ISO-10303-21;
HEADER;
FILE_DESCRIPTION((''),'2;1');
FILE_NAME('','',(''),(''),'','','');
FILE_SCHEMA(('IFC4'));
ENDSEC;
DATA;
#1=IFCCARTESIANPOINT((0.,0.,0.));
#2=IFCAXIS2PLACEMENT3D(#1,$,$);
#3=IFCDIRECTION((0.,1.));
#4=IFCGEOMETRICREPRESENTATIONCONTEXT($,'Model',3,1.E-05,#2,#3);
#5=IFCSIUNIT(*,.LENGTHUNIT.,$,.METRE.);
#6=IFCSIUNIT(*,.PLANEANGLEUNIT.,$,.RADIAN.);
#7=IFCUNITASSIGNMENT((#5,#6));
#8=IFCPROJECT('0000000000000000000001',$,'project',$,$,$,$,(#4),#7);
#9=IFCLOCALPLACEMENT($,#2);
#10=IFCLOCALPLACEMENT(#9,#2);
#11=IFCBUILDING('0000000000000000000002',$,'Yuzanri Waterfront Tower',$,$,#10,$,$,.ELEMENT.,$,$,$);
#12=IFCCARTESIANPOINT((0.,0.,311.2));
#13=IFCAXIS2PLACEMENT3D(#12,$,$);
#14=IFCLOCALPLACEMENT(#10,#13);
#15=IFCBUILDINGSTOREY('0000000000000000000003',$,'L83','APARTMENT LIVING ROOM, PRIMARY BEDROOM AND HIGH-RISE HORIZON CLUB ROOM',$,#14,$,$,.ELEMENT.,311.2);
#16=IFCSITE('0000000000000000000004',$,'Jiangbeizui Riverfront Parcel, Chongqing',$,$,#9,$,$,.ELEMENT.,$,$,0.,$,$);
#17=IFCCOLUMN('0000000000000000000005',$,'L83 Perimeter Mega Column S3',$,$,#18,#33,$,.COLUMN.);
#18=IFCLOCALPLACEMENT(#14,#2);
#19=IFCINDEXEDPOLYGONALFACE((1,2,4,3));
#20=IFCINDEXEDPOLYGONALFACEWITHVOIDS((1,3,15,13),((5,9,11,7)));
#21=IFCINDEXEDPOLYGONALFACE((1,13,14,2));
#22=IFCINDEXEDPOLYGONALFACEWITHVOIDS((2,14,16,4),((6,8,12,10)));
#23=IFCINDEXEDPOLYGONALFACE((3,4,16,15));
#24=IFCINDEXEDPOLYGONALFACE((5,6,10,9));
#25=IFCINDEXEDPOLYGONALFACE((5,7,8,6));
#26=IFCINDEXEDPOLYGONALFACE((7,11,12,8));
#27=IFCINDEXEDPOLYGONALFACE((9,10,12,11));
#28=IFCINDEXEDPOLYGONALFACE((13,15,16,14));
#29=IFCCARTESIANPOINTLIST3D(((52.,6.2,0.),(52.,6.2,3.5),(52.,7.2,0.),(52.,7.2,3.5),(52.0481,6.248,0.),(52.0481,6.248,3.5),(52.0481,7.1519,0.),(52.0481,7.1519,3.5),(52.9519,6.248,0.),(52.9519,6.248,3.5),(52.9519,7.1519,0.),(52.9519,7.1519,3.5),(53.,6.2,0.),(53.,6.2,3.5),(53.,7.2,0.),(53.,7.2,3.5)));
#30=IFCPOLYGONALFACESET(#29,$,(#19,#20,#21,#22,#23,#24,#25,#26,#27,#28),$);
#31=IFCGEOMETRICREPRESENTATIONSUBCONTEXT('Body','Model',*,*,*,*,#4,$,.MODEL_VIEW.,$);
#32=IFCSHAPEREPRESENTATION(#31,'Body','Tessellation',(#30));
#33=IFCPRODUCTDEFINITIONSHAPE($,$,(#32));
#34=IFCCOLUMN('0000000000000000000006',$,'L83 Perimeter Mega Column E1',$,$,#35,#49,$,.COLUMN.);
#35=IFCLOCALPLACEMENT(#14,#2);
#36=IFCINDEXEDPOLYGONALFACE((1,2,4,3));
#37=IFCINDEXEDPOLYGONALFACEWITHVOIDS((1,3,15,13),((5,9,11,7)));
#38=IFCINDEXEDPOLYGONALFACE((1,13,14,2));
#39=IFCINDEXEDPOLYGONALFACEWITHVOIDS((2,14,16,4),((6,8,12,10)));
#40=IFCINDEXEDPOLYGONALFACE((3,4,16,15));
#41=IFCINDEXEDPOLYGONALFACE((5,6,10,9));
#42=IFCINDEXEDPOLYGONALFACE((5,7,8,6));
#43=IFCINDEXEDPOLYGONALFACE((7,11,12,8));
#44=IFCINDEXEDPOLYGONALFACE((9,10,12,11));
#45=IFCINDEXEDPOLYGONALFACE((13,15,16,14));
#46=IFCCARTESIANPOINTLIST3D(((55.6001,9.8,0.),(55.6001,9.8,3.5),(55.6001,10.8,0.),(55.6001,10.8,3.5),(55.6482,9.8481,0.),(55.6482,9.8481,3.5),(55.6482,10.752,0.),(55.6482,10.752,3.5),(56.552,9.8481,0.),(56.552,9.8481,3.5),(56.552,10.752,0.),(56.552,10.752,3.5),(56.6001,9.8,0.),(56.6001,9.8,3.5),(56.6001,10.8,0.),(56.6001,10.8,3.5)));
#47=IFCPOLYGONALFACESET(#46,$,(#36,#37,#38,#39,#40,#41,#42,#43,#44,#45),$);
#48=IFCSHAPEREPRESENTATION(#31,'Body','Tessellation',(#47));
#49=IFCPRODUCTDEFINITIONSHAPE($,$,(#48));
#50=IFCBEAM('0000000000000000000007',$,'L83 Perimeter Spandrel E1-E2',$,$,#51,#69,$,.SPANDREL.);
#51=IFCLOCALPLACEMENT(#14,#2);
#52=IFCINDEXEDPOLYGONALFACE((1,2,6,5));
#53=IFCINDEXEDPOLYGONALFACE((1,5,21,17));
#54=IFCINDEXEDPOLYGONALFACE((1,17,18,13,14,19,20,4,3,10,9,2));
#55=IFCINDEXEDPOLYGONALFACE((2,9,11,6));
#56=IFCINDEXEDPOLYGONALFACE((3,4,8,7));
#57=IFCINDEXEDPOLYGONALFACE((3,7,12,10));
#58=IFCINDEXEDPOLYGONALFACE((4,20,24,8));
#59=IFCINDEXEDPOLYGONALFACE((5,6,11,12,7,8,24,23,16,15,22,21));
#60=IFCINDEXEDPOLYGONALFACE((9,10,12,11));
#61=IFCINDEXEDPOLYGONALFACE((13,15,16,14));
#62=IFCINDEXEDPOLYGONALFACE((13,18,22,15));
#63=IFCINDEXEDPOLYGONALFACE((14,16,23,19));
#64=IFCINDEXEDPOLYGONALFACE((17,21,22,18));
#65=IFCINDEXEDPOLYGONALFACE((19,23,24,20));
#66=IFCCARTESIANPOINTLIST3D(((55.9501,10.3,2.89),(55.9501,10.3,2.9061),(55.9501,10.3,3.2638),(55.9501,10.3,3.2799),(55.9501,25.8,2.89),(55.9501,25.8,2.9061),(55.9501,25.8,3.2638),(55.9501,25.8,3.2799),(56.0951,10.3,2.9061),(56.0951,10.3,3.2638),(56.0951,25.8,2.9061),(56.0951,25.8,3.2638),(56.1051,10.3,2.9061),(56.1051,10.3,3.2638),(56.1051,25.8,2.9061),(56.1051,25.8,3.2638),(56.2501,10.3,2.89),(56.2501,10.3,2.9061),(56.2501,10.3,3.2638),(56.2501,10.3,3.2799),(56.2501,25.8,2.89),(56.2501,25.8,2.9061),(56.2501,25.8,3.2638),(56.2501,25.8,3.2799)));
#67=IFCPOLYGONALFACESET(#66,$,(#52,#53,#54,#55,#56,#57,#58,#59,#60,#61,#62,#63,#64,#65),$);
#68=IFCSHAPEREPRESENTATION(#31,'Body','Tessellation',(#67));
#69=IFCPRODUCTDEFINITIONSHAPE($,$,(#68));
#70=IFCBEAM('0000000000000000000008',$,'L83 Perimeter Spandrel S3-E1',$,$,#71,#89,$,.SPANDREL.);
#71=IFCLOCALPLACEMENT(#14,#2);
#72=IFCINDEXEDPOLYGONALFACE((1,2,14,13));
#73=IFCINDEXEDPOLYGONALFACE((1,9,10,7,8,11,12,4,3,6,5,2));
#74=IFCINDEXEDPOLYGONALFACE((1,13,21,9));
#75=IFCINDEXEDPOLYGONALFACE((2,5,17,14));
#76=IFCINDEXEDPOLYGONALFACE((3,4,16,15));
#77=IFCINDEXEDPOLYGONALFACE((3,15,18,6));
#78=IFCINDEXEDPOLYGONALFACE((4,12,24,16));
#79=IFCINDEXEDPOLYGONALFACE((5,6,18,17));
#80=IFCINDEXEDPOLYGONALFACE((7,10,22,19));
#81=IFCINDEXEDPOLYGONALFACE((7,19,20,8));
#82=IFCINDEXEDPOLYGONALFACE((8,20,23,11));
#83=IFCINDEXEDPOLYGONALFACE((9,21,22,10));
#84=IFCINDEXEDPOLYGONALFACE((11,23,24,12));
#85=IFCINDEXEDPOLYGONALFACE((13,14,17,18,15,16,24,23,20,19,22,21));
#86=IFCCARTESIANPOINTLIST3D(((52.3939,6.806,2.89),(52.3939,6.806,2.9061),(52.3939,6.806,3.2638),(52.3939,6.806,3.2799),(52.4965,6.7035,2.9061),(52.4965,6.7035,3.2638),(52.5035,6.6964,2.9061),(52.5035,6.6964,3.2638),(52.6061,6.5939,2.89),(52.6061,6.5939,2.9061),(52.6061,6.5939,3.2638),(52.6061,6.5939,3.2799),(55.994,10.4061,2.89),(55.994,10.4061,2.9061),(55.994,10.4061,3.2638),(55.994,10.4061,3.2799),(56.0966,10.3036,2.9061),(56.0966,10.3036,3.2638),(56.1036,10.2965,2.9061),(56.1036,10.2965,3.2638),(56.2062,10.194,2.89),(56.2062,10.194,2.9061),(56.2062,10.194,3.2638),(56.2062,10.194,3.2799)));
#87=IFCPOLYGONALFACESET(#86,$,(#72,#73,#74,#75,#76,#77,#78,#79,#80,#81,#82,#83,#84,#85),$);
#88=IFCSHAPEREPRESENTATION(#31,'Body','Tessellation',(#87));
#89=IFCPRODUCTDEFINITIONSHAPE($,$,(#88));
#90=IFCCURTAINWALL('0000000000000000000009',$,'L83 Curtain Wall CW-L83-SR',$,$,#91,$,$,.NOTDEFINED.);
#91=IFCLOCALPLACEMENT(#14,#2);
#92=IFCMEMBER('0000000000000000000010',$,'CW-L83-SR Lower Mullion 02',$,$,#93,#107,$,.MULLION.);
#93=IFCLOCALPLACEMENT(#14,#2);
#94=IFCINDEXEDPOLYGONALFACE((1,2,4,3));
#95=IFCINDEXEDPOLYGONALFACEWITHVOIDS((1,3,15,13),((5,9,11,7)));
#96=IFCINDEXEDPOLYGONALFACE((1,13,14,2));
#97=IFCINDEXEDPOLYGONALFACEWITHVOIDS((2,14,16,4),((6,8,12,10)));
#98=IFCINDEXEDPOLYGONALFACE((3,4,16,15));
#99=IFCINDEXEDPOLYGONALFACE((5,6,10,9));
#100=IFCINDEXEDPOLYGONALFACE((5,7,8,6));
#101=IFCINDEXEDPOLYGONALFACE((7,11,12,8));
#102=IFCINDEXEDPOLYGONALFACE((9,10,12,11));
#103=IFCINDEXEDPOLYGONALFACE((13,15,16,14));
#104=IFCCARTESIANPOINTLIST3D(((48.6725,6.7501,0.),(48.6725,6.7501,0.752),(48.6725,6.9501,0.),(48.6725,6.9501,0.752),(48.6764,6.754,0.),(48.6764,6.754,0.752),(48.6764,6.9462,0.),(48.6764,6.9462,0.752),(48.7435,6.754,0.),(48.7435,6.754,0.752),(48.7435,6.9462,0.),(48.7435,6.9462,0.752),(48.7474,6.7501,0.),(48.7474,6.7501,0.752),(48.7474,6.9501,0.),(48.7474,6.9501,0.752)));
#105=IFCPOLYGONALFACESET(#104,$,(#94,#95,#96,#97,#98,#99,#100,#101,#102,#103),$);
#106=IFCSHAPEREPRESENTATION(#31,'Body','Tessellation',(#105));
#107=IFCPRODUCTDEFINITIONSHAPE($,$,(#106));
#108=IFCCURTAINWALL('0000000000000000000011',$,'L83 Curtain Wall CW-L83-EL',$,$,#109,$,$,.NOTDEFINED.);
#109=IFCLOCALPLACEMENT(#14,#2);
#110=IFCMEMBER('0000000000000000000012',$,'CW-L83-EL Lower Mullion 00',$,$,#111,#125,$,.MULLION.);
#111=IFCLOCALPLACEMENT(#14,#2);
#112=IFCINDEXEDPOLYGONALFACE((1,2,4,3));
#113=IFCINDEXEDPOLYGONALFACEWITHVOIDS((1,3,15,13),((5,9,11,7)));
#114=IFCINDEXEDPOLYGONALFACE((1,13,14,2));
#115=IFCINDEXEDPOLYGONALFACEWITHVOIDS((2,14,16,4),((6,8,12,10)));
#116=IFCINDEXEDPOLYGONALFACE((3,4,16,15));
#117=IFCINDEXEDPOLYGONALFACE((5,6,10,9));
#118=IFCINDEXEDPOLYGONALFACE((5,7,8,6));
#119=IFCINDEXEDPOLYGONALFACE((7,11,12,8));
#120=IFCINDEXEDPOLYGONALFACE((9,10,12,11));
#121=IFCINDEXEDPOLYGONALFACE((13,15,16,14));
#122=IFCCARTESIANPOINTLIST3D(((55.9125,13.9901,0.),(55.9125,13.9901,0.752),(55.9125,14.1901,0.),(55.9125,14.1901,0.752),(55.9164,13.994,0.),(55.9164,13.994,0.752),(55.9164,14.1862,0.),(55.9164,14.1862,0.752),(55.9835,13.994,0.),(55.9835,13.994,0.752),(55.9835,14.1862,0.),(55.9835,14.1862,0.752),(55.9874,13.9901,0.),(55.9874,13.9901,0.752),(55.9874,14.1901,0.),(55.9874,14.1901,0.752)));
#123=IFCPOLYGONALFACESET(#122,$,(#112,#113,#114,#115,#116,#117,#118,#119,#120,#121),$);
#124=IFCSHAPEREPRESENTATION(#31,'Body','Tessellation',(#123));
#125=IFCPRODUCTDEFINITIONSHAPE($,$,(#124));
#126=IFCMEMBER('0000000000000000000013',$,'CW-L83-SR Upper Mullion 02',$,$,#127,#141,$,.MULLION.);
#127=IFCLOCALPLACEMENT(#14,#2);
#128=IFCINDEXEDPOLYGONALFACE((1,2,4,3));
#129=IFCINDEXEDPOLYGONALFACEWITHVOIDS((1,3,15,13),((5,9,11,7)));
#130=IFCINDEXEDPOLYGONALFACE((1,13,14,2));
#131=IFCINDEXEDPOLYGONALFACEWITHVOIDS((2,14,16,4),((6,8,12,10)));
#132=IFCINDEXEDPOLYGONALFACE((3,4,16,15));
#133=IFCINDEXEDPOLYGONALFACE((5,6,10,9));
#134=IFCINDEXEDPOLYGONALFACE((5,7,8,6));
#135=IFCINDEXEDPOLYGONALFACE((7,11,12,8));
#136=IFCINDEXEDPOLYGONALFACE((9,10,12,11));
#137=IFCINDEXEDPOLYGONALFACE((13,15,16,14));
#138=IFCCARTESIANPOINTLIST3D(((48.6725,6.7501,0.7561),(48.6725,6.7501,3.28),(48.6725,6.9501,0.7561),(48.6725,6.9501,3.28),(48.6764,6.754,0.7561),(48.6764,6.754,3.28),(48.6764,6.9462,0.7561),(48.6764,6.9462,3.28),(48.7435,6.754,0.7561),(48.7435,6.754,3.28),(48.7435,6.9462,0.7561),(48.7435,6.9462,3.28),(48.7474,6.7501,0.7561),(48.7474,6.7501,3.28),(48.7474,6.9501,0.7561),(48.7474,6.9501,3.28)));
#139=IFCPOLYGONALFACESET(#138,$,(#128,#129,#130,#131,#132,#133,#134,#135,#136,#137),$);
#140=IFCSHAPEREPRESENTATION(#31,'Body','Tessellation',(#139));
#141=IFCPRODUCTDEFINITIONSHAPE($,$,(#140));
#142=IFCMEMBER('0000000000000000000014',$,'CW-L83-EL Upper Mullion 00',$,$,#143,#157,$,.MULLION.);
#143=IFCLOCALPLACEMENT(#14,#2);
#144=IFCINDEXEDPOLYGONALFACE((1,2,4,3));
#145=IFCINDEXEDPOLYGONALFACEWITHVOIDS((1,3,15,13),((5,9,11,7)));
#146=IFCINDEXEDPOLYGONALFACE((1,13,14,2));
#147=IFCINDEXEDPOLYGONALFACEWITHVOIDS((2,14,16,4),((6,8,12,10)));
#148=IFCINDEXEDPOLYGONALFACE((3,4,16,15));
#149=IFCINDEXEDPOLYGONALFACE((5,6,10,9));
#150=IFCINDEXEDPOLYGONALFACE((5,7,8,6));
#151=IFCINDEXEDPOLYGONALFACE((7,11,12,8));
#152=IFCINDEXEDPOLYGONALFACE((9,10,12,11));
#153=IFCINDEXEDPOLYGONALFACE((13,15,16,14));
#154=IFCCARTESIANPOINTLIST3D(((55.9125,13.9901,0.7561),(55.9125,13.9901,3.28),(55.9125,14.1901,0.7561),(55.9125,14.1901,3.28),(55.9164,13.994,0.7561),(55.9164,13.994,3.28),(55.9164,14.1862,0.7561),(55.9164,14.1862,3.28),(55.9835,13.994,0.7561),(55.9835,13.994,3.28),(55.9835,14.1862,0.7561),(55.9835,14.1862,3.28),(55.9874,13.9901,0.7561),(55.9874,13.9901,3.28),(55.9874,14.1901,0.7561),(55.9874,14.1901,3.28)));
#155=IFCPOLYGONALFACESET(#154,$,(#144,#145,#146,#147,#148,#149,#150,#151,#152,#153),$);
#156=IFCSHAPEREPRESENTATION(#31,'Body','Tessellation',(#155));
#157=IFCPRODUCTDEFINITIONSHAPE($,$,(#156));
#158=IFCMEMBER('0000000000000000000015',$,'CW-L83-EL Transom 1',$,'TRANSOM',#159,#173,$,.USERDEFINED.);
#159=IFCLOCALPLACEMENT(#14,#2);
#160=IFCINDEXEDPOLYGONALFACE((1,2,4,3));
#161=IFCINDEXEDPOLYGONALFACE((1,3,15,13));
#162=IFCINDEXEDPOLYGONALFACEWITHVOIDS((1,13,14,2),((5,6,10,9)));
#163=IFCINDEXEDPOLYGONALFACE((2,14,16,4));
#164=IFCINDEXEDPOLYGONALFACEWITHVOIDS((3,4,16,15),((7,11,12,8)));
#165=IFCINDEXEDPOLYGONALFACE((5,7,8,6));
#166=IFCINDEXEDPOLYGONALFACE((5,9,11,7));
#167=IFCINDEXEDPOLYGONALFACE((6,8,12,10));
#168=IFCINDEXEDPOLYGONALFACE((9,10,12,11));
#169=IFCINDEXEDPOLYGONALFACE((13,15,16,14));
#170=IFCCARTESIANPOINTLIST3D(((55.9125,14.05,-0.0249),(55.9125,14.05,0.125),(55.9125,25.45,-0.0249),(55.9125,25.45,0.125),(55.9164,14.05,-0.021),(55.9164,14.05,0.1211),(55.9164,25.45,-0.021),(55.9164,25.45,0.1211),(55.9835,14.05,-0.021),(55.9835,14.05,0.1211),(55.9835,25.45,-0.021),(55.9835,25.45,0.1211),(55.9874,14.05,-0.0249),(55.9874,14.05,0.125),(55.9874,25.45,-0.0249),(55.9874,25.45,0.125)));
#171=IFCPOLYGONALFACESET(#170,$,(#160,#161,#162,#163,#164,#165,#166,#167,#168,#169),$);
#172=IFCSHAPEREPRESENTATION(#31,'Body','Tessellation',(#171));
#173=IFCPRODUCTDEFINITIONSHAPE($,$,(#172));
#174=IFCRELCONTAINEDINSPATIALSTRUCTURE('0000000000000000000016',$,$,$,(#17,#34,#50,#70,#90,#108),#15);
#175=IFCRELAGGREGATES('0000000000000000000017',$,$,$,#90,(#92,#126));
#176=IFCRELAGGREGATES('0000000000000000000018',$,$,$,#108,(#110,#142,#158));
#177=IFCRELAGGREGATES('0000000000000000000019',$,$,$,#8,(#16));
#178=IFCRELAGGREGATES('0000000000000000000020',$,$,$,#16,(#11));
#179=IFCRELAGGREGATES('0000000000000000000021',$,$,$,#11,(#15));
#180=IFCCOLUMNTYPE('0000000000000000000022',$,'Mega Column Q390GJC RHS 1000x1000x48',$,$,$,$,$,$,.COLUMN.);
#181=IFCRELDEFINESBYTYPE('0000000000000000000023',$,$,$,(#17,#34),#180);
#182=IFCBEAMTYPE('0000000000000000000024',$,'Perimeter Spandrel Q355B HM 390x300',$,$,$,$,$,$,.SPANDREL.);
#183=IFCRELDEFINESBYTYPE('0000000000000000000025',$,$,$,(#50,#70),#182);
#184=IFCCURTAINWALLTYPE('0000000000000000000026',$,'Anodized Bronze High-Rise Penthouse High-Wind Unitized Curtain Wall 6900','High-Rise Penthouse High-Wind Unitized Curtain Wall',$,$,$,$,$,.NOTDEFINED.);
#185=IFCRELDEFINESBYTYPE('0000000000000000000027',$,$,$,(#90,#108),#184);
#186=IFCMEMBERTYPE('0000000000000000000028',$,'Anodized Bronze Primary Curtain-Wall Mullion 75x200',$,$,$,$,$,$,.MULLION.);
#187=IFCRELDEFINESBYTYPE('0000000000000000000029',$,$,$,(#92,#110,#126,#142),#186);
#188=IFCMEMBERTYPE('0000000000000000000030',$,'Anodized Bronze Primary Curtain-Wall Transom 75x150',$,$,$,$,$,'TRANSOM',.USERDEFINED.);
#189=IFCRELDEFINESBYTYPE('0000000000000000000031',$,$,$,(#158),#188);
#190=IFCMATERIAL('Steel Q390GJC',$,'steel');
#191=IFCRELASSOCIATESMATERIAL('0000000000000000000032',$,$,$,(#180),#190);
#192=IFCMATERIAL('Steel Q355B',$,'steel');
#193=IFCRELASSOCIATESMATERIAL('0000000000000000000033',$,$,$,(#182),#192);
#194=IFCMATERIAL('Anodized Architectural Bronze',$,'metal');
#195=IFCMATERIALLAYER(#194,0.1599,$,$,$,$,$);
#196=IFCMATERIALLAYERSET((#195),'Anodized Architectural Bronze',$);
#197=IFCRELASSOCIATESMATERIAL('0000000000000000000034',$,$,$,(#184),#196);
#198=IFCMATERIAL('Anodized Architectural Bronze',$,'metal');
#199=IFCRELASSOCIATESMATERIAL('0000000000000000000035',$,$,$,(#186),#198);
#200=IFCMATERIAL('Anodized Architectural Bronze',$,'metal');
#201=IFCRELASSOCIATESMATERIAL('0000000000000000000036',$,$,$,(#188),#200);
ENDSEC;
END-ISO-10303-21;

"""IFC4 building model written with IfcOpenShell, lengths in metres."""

from ifc_helpers import new_model, si_unit, direction, frame, origin, origin_2d, place, context, subcontext, project, spatial, hollow_rectangle, i_section, extrude, source, transform, mapped, material, layer, layer_set, material_profile, profile_set, type_object, element, aggregate, save


model = new_model("IFC4")

# Units and contexts
model_context = context("Model", 3, precision=1e-05, world=origin(), true_north=direction((0.0, 1.0)))
body_context = subcontext(model_context, "Body", "Model", "MODEL_VIEW")
ifc_project = project(units=[si_unit("LENGTHUNIT", "METRE"), si_unit("PLANEANGLEUNIT", "RADIAN")], contexts=[model_context])

# Site, building, storey
site_placement = place(None, origin())
site = spatial("IfcSite", under=ifc_project, at=site_placement, Name="Jiangbeizui Riverfront Parcel, Chongqing", CompositionType="ELEMENT", RefElevation=0.0)
building_placement = place(site_placement, origin())
building = spatial("IfcBuilding", under=site, at=building_placement, Name="Yuzanri Waterfront Tower", CompositionType="ELEMENT")
storey_placement = place(building_placement, frame((0.0, 0.0, 311.2)))
storey = spatial("IfcBuildingStorey", under=building, at=storey_placement, Name="L83", Description="APARTMENT LIVING ROOM, PRIMARY BEDROOM AND HIGH-RISE HORIZON CLUB ROOM", CompositionType="ELEMENT", Elevation=311.2)

# Columns
ifc_material_1 = material(Name="Steel Q390GJC", Category="steel")
ifc_material_profile_1 = material_profile(ifc_material_1, hollow_rectangle(XDim=1.0, YDim=1.0, WallThickness=0.0481, at=origin_2d()), Name="RHS 1000x1000x48")
ifc_profile_set_1 = profile_set([ifc_material_profile_1], Name="Steel Q390GJC")
column_type = type_object("IfcColumnType", Name="Mega Column Q390GJC RHS 1000x1000x48", PredefinedType="COLUMN", material=ifc_profile_set_1)
shared_shape_1 = source(origin(), body_context, "Body", "SweptSolid", [
    extrude(hollow_rectangle(XDim=1.0, YDim=1.0, WallThickness=0.0481, at=origin_2d()), origin(), (0.0, 0.0, 1.0), 3.5),
])
for number, where, z_axis, x_axis, name in (
    (1, (52.5, 6.7, 0.0), (0.0, 0.0, 1.0), (1.0, 0.0, 0.0), "L83 Perimeter Mega Column S3"),
    (2, (56.1001, 10.3, 0.0), (0.0, 0.0, 1.0), (1.0, 0.0, 0.0), "L83 Perimeter Mega Column E1"),
):
    element("IfcColumn", number, at=place(storey_placement, frame(where, z_axis=z_axis, x_axis=x_axis)), inside=storey, type_object=column_type, Name=name, PredefinedType="COLUMN", context=body_context, shape_type="MappedRepresentation", body=[
        mapped(shared_shape_1, transform((0.0, 0.0, 0.0), scale=1.0)),
    ])

# Beams
ifc_material_2 = material(Name="Steel Q355B", Category="steel")
ifc_material_profile_2 = material_profile(ifc_material_2, i_section(OverallWidth=0.3, OverallDepth=0.3899, WebThickness=0.01, FlangeThickness=0.0161, at=origin_2d()), Name="HM 390x300x10x16")
ifc_profile_set_2 = profile_set([ifc_material_profile_2], Name="Steel Q355B")
beam_type = type_object("IfcBeamType", Name="Perimeter Spandrel Q355B HM 390x300", PredefinedType="SPANDREL", material=ifc_profile_set_2)
shared_shape_2 = source(origin(), body_context, "Body", "SweptSolid", [
    extrude(i_section(OverallWidth=0.3, OverallDepth=0.3899, WebThickness=0.01, FlangeThickness=0.0161, at=origin_2d()), origin(), (0.0, 0.0, 1.0), 15.5),
])
beam_1_placement = place(storey_placement, frame((56.1001, 10.3, 3.085), z_axis=(0.0, 1.0, 0.0), x_axis=(-1.0, 0.0, 0.0)))
element("IfcBeam", 3, at=beam_1_placement, inside=storey, type_object=beam_type, Name="L83 Perimeter Spandrel E1-E2", PredefinedType="SPANDREL", context=body_context, shape_type="MappedRepresentation", body=[
    mapped(shared_shape_2, transform((0.0, 0.0, 0.0), scale=1.0)),
])
shared_shape_3 = source(origin(), body_context, "Body", "SweptSolid", [
    extrude(i_section(OverallWidth=0.3, OverallDepth=0.3899, WebThickness=0.01, FlangeThickness=0.0161, at=origin_2d()), origin(), (0.0, 0.0, 1.0), 5.0913),
])
beam_2_placement = place(storey_placement, frame((52.5, 6.7, 3.085), z_axis=(0.707107, 0.707107, 0.0), x_axis=(-0.707107, 0.707107, 0.0)))
element("IfcBeam", 4, at=beam_2_placement, inside=storey, type_object=beam_type, Name="L83 Perimeter Spandrel S3-E1", PredefinedType="SPANDREL", context=body_context, shape_type="MappedRepresentation", body=[
    mapped(shared_shape_3, transform((0.0, 0.0, 0.0), scale=1.0)),
])

# Curtain walls, members
ifc_material_3 = material(Name="Anodized Architectural Bronze", Category="metal")
ifc_layer_1 = layer(ifc_material_3, 0.1599)
ifc_layer_set_1 = layer_set([ifc_layer_1], Name="Anodized Architectural Bronze")
curtain_wall_type = type_object("IfcCurtainWallType", Name="Anodized Bronze High-Rise Penthouse High-Wind Unitized Curtain Wall 6900", Description="High-Rise Penthouse High-Wind Unitized Curtain Wall", PredefinedType="NOTDEFINED", material=ifc_layer_set_1)
curtain_wall_1_placement = place(storey_placement, origin())
curtain_wall_1 = element("IfcCurtainWall", 5, at=curtain_wall_1_placement, inside=storey, type_object=curtain_wall_type, Name="L83 Curtain Wall CW-L83-SR", PredefinedType="NOTDEFINED")
ifc_material_4 = material(Name="Anodized Architectural Bronze", Category="metal")
ifc_material_profile_3 = material_profile(ifc_material_4, hollow_rectangle(XDim=0.075, YDim=0.2, WallThickness=0.0039, at=origin_2d()), Name="CWM 75x200")
ifc_profile_set_3 = profile_set([ifc_material_profile_3], Name="Anodized Architectural Bronze")
member_type_1 = type_object("IfcMemberType", Name="Anodized Bronze Primary Curtain-Wall Mullion 75x200", PredefinedType="MULLION", material=ifc_profile_set_3)
shared_shape_4 = source(origin(), body_context, "Body", "SweptSolid", [
    extrude(hollow_rectangle(XDim=0.075, YDim=0.2, WallThickness=0.0039, at=origin_2d()), origin(), (0.0, 0.0, 1.0), 0.752),
])
member_1_placement = place(storey_placement, frame((48.71, 6.8501, 0.0), z_axis=(0.0, 0.0, 1.0), x_axis=(1.0, 0.0, 0.0)))
member_1 = element("IfcMember", 6, at=member_1_placement, type_object=member_type_1, Name="CW-L83-SR Lower Mullion 02", PredefinedType="MULLION", context=body_context, shape_type="MappedRepresentation", body=[
    mapped(shared_shape_4, transform((0.0, 0.0, 0.0), scale=1.0)),
])
curtain_wall_2_placement = place(storey_placement, origin())
curtain_wall_2 = element("IfcCurtainWall", 7, at=curtain_wall_2_placement, inside=storey, type_object=curtain_wall_type, Name="L83 Curtain Wall CW-L83-EL", PredefinedType="NOTDEFINED")
member_2_placement = place(storey_placement, frame((55.95, 14.0901, 0.0), z_axis=(0.0, 0.0, 1.0), x_axis=(1.0, 0.0, 0.0)))
member_2 = element("IfcMember", 8, at=member_2_placement, type_object=member_type_1, Name="CW-L83-EL Lower Mullion 00", PredefinedType="MULLION", context=body_context, shape_type="MappedRepresentation", body=[
    mapped(shared_shape_4, transform((0.0, 0.0, 0.0), scale=1.0)),
])

# Members
shared_shape_5 = source(origin(), body_context, "Body", "SweptSolid", [
    extrude(hollow_rectangle(XDim=0.075, YDim=0.2, WallThickness=0.0039, at=origin_2d()), origin(), (0.0, 0.0, 1.0), 2.5239),
])
member_3_placement = place(storey_placement, frame((48.71, 6.8501, 0.7561), z_axis=(0.0, 0.0, 1.0), x_axis=(1.0, 0.0, 0.0)))
member_3 = element("IfcMember", 9, at=member_3_placement, type_object=member_type_1, Name="CW-L83-SR Upper Mullion 02", PredefinedType="MULLION", context=body_context, shape_type="MappedRepresentation", body=[
    mapped(shared_shape_5, transform((0.0, 0.0, 0.0), scale=1.0)),
])
aggregate(curtain_wall_1, [member_1, member_3])
member_4_placement = place(storey_placement, frame((55.95, 14.0901, 0.7561), z_axis=(0.0, 0.0, 1.0), x_axis=(1.0, 0.0, 0.0)))
member_4 = element("IfcMember", 10, at=member_4_placement, type_object=member_type_1, Name="CW-L83-EL Upper Mullion 00", PredefinedType="MULLION", context=body_context, shape_type="MappedRepresentation", body=[
    mapped(shared_shape_5, transform((0.0, 0.0, 0.0), scale=1.0)),
])
ifc_material_5 = material(Name="Anodized Architectural Bronze", Category="metal")
ifc_material_profile_4 = material_profile(ifc_material_5, hollow_rectangle(XDim=0.075, YDim=0.1499, WallThickness=0.0039, at=origin_2d()), Name="CWT 75x150")
ifc_profile_set_4 = profile_set([ifc_material_profile_4], Name="Anodized Architectural Bronze")
member_type_2 = type_object("IfcMemberType", Name="Anodized Bronze Primary Curtain-Wall Transom 75x150", ElementType="TRANSOM", PredefinedType="USERDEFINED", material=ifc_profile_set_4)
shared_shape_6 = source(origin(), body_context, "Body", "SweptSolid", [
    extrude(hollow_rectangle(XDim=0.075, YDim=0.1499, WallThickness=0.0039, at=origin_2d()), origin(), (0.0, 0.0, 1.0), 11.3999),
])
member_5_placement = place(storey_placement, frame((55.95, 14.05, 0.05), z_axis=(0.0, 1.0, 0.0), x_axis=(-1.0, 0.0, 0.0)))
member_5 = element("IfcMember", 11, at=member_5_placement, type_object=member_type_2, Name="CW-L83-EL Transom 1", ObjectType="TRANSOM", PredefinedType="USERDEFINED", context=body_context, shape_type="MappedRepresentation", body=[
    mapped(shared_shape_6, transform((0.0, 0.0, 0.0), scale=1.0)),
])
aggregate(curtain_wall_2, [member_2, member_4, member_5])

save(model, "model.ifc")
